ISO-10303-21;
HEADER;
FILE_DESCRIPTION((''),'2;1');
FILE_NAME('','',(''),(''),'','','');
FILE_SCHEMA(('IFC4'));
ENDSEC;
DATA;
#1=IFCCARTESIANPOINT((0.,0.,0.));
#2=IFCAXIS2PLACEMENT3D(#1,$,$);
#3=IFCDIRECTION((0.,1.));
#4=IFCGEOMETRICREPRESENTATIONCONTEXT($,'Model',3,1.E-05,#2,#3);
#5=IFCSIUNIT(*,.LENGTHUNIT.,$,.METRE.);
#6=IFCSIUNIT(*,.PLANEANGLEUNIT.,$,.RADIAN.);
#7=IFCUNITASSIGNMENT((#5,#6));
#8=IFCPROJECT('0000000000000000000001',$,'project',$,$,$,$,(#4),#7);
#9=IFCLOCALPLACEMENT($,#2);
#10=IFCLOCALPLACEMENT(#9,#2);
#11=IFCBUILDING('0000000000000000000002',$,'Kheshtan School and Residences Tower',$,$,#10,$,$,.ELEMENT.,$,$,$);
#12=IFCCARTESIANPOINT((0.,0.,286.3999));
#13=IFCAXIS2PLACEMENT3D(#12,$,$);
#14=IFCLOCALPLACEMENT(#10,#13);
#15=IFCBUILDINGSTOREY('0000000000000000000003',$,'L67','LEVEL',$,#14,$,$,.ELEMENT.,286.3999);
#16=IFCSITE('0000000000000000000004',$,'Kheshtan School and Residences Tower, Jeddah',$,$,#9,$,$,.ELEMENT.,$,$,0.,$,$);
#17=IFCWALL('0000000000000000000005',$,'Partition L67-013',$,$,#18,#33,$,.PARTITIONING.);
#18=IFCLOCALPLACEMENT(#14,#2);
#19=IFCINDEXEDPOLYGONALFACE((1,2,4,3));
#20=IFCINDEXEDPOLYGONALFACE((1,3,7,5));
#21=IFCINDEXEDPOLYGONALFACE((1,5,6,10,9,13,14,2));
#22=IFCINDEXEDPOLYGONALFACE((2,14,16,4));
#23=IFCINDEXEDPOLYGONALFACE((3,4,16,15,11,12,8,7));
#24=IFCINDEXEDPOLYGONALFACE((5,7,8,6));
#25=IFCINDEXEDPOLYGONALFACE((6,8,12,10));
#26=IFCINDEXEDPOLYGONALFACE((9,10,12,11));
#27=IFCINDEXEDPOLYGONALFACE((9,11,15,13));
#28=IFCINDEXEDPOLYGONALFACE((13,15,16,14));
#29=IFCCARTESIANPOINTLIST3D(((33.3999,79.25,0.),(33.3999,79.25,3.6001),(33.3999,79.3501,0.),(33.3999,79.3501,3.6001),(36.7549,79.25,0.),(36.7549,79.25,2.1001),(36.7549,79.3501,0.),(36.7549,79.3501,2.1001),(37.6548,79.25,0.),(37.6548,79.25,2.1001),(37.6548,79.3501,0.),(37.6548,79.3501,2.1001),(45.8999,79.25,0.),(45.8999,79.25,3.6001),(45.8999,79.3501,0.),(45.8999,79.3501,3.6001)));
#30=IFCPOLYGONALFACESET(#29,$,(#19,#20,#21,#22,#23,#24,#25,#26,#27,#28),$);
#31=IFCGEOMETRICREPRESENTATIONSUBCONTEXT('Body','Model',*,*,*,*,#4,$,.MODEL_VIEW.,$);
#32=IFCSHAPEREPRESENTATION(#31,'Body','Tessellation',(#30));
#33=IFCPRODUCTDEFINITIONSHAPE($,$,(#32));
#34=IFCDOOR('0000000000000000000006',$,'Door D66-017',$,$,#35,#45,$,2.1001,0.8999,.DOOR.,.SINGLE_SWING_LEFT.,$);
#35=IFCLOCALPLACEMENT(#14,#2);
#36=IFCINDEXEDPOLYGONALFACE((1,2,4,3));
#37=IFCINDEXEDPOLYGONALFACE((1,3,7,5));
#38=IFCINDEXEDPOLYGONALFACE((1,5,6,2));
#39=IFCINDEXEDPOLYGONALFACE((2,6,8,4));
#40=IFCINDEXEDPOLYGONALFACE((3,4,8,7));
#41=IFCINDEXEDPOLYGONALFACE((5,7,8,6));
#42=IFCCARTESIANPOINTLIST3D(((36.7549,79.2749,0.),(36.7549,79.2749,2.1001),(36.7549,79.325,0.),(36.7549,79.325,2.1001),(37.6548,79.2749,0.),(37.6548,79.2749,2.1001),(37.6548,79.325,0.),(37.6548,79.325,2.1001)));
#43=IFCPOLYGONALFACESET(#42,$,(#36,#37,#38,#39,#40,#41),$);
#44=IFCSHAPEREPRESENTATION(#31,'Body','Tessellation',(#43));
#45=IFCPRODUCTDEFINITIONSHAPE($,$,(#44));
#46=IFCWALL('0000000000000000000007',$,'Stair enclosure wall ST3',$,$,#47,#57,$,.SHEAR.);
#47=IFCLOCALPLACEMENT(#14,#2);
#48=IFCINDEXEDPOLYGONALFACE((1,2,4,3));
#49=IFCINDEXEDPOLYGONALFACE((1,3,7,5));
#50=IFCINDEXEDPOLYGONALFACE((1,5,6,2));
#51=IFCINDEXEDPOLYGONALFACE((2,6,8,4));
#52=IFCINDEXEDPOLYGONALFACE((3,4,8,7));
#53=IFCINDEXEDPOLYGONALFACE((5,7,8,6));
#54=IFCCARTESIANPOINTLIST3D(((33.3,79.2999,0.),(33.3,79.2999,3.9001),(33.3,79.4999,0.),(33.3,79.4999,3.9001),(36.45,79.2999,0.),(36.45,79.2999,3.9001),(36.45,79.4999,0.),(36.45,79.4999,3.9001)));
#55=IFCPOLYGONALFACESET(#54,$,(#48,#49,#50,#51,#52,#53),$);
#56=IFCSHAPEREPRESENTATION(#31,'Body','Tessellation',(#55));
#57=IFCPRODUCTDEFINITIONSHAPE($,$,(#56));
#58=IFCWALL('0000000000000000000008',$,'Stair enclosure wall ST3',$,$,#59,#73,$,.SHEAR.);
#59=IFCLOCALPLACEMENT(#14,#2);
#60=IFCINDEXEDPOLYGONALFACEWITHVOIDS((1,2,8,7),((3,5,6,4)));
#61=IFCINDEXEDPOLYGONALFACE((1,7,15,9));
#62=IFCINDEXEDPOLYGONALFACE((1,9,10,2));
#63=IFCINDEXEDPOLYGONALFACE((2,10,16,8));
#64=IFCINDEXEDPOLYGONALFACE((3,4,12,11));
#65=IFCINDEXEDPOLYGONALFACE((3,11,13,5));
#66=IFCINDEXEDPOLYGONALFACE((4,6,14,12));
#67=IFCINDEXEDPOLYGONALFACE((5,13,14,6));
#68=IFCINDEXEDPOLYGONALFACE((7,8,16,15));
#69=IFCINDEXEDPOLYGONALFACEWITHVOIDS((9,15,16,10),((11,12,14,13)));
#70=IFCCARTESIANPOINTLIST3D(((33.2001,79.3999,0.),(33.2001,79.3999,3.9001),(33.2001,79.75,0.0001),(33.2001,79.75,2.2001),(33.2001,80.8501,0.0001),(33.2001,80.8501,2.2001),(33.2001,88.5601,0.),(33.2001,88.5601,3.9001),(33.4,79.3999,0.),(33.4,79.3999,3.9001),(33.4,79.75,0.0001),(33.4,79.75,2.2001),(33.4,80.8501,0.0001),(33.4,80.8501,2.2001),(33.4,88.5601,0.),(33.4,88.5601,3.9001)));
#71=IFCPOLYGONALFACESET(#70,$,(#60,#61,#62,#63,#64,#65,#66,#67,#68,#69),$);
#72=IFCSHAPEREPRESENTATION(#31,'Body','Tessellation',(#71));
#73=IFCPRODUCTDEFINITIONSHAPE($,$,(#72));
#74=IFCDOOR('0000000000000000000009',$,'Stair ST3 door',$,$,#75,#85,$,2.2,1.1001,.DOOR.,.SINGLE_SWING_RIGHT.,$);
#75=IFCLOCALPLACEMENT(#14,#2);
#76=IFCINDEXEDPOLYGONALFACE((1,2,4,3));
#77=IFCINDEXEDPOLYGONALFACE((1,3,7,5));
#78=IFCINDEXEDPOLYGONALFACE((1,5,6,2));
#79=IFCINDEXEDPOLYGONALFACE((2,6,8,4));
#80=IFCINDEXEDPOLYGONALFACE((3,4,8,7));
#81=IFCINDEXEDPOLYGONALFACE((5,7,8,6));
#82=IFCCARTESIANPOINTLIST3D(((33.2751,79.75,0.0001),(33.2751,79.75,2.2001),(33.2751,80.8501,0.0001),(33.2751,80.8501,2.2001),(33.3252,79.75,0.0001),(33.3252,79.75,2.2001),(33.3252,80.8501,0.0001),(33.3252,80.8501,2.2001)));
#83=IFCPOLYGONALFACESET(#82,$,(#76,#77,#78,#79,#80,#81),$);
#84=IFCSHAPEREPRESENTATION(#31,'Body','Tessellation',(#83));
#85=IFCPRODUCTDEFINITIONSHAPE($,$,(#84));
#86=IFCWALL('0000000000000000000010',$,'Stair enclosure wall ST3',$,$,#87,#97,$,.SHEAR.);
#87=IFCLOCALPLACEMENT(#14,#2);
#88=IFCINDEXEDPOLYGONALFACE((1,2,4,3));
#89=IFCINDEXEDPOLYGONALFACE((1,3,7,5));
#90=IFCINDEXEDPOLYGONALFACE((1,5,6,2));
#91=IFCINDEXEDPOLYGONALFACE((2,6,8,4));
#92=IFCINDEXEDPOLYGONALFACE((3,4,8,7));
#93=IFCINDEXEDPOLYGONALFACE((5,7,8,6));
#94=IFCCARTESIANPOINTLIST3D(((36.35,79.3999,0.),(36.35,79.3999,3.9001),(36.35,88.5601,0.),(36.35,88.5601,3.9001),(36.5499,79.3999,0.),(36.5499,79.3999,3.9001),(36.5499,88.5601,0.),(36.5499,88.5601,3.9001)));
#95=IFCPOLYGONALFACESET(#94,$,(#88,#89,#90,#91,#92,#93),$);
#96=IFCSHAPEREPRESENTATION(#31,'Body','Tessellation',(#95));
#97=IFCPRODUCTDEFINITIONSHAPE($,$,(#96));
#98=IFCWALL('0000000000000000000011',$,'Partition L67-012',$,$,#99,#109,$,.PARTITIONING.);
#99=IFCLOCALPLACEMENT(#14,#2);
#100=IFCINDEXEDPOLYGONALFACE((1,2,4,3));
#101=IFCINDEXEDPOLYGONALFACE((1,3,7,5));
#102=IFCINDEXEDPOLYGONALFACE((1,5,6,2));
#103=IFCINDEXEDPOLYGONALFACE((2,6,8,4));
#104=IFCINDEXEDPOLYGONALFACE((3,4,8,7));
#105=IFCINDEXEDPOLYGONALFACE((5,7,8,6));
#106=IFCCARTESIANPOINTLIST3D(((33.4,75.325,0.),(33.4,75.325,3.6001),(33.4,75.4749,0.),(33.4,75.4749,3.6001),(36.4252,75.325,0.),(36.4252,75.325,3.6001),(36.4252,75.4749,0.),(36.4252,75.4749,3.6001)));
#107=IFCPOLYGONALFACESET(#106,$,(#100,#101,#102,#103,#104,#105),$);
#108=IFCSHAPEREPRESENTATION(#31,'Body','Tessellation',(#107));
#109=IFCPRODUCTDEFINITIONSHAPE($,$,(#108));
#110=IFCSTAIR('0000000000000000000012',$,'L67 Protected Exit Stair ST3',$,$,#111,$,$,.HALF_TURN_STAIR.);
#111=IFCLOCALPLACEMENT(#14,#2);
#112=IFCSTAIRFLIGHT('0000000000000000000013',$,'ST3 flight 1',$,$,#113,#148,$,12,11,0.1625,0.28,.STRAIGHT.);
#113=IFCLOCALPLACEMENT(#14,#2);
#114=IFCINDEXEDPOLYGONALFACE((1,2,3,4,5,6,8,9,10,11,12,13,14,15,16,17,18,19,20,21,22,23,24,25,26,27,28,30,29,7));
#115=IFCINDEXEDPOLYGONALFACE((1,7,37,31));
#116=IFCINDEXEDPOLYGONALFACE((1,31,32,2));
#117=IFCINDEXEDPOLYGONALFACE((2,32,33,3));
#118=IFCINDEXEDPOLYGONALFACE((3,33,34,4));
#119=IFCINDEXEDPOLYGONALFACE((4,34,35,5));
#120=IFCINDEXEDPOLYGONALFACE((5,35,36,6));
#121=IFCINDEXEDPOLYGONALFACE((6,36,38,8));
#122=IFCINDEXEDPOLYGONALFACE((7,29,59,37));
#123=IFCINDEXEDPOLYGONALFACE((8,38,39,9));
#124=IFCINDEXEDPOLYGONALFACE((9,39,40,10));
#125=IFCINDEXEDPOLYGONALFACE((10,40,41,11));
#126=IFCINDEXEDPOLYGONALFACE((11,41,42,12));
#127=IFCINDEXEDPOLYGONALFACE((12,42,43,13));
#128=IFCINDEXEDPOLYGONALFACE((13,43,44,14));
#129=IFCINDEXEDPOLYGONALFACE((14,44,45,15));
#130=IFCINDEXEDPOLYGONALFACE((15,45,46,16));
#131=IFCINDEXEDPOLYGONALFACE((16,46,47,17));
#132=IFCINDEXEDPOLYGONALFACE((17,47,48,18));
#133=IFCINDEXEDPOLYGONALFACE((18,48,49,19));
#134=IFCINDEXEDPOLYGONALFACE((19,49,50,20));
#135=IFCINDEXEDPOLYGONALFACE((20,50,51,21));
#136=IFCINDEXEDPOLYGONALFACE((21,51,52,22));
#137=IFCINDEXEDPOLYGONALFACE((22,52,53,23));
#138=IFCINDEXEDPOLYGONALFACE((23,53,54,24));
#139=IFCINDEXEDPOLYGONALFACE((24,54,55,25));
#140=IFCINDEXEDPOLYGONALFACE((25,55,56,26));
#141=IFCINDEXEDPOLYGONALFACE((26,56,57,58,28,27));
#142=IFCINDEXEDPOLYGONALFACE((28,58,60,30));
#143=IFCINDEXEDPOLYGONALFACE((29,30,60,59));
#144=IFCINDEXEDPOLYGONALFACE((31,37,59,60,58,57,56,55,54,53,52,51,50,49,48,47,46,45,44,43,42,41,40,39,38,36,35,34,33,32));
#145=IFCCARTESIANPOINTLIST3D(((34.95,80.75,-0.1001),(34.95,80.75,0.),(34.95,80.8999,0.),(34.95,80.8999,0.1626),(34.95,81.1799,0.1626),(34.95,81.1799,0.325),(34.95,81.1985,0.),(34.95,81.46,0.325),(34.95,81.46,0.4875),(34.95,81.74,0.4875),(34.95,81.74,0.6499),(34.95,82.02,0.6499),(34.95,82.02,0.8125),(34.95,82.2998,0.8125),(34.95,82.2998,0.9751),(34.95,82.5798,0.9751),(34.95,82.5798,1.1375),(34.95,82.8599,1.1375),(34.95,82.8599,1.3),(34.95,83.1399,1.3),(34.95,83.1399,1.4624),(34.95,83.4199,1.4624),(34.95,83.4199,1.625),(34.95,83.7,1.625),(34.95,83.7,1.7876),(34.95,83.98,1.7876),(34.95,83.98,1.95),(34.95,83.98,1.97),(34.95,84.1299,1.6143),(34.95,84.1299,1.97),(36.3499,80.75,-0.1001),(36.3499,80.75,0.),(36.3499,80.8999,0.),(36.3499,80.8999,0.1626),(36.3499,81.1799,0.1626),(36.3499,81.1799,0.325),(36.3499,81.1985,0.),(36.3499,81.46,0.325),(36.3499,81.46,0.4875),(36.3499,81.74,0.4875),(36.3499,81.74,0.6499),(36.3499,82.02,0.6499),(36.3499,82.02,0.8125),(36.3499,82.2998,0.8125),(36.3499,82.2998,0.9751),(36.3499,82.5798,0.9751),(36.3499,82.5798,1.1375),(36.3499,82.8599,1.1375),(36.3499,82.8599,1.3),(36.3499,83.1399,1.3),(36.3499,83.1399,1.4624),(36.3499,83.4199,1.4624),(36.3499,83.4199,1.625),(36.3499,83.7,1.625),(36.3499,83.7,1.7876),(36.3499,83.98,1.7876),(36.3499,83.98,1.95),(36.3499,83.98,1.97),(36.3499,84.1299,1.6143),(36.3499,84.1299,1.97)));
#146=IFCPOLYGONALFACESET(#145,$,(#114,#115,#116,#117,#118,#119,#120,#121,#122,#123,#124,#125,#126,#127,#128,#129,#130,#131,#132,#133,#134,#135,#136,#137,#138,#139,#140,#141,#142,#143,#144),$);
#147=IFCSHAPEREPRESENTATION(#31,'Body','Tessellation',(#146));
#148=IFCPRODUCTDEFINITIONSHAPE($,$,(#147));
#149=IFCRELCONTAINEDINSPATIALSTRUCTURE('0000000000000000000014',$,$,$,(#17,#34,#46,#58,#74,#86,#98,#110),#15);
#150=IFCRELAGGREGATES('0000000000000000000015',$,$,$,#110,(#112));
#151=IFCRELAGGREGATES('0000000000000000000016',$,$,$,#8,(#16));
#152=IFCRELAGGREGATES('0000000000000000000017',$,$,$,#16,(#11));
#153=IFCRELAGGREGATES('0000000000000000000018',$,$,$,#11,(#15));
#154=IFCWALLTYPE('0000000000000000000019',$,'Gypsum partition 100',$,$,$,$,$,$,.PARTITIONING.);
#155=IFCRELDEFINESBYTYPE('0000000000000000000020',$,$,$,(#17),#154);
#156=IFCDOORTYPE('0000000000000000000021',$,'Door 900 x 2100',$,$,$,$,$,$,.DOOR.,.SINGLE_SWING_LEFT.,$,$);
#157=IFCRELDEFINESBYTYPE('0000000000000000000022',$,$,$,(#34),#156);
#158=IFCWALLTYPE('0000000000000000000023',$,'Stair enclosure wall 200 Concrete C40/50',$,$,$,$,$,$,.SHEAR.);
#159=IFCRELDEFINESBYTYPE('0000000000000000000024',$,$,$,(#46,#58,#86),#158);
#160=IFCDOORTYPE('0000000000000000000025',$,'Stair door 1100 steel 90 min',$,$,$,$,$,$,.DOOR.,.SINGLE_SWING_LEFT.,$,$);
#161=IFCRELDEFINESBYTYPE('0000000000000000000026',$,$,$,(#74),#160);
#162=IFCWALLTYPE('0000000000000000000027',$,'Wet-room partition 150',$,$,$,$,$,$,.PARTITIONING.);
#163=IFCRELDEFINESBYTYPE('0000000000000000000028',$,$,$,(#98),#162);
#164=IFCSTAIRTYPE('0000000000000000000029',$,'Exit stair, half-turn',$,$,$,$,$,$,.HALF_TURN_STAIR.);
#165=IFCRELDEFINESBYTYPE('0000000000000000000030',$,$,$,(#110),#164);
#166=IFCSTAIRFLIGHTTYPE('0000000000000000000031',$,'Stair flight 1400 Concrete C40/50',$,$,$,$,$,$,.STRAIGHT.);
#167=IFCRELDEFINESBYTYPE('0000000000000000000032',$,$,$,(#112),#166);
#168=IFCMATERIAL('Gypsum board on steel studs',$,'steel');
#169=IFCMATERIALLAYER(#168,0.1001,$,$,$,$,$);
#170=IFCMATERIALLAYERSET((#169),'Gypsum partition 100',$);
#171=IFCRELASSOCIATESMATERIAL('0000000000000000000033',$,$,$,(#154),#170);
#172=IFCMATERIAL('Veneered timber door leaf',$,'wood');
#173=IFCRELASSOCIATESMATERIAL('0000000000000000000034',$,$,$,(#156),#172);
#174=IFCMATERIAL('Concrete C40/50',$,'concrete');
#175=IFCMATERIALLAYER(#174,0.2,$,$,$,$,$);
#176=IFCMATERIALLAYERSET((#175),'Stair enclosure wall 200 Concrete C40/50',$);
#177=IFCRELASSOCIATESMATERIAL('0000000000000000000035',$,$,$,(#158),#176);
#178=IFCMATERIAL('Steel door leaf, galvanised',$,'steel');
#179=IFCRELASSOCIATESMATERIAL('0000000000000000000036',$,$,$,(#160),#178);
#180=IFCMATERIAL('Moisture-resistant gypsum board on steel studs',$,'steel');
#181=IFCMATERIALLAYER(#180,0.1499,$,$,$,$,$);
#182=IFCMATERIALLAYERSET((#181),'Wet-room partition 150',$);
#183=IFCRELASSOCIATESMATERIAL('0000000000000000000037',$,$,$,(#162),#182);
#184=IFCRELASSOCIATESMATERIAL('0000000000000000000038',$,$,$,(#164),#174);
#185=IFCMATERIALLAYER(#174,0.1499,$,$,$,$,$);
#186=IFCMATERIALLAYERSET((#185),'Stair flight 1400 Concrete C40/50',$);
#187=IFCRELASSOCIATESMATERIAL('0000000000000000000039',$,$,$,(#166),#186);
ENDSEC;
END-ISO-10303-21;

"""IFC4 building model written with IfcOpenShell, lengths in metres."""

from ifc_helpers import new_model, si_unit, direction, frame, frame_2d, origin, place, context, subcontext, project, spatial, polyline, rectangle, outline, extrude, source, transform, mapped, material, layer, layer_set, type_object, element, fill, aggregate, save


model = new_model("IFC4")

# Units and contexts
model_context = context("Model", 3, precision=1e-05, world=origin(), true_north=direction((0.0, 1.0)))
body_context = subcontext(model_context, "Body", "Model", "MODEL_VIEW")
ifc_project = project(units=[si_unit("LENGTHUNIT", "METRE"), si_unit("PLANEANGLEUNIT", "RADIAN")], contexts=[model_context])

# Site, building, storey
site_placement = place(None, origin())
site = spatial("IfcSite", under=ifc_project, at=site_placement, Name="Kheshtan School and Residences Tower, Jeddah", CompositionType="ELEMENT", RefElevation=0.0)
building_placement = place(site_placement, origin())
building = spatial("IfcBuilding", under=site, at=building_placement, Name="Kheshtan School and Residences Tower", CompositionType="ELEMENT")
storey_placement = place(building_placement, frame((0.0, 0.0, 286.3999)))
storey = spatial("IfcBuildingStorey", under=building, at=storey_placement, Name="L67", Description="LEVEL", CompositionType="ELEMENT", Elevation=286.3999)

# Wall, opening, door
ifc_material_1 = material(Name="Gypsum board on steel studs", Category="steel")
ifc_layer_1 = layer(ifc_material_1, 0.1001)
ifc_layer_set_1 = layer_set([ifc_layer_1], Name="Gypsum partition 100")
wall_type_1 = type_object("IfcWallType", Name="Gypsum partition 100", PredefinedType="PARTITIONING", material=ifc_layer_set_1)
wall_1_placement = place(storey_placement, frame((33.3999, 79.3, 0.0), z_axis=(0.0, 0.0, 1.0), x_axis=(1.0, 0.0, 0.0)))
wall_1 = element("IfcWall", 1, at=wall_1_placement, inside=storey, type_object=wall_type_1, Name="Partition L67-013", PredefinedType="PARTITIONING", context=body_context, shape_type="SweptSolid", body=[
    extrude(rectangle(XDim=12.5, YDim=0.1001, at=frame_2d((6.25, 0.0))), origin(), (0.0, 0.0, 1.0), 3.6001),
])
opening_1_placement = place(wall_1_placement, frame((3.355, 0.0, 0.0)))
opening_1 = element("IfcOpeningElement", 2, at=opening_1_placement, cuts=wall_1, PredefinedType="OPENING", context=body_context, shape_type="SweptSolid", body=[
    extrude(rectangle(XDim=0.8999, YDim=2.1001, at=frame_2d((0.45, 1.05))), frame((0.0, 0.0601, 0.0), z_axis=(0.0, -1.0, 0.0), x_axis=(1.0, 0.0, 0.0)), (0.0, 0.0, 1.0), 0.1201),
])
ifc_material_2 = material(Name="Veneered timber door leaf", Category="wood")
door_type_1 = type_object("IfcDoorType", Name="Door 900 x 2100", OperationType="SINGLE_SWING_LEFT", PredefinedType="DOOR", material=ifc_material_2)
shared_shape_1 = source(origin(), body_context, "Body", "SweptSolid", [
    extrude(rectangle(XDim=0.8999, YDim=2.1001, at=frame_2d((0.45, 1.05))), frame((0.0, 0.0249, 0.0), z_axis=(0.0, -1.0, 0.0), x_axis=(1.0, 0.0, 0.0)), (0.0, 0.0, 1.0), 0.05),
])
door_1_placement = place(opening_1_placement, origin())
door_1 = element("IfcDoor", 3, at=door_1_placement, inside=storey, type_object=door_type_1, Name="Door D66-017", OperationType="SINGLE_SWING_LEFT", OverallHeight=2.1001, OverallWidth=0.8999, PredefinedType="DOOR", context=body_context, shape_type="MappedRepresentation", body=[
    mapped(shared_shape_1, transform((0.0, 0.0, 0.0), x_axis=(1.0, 0.0, 0.0), y_axis=(0.0, 1.0, 0.0), z_axis=(0.0, 0.0, 1.0), scale=1.0)),
])
fill(opening_1, door_1)

# Wall
ifc_material_3 = material(Name="Concrete C40/50", Category="concrete")
ifc_layer_2 = layer(ifc_material_3, 0.2)
ifc_layer_set_2 = layer_set([ifc_layer_2], Name="Stair enclosure wall 200 Concrete C40/50")
wall_type_2 = type_object("IfcWallType", Name="Stair enclosure wall 200 Concrete C40/50", PredefinedType="SHEAR", material=ifc_layer_set_2)
wall_2_placement = place(storey_placement, frame((33.3, 79.3999, 0.0), z_axis=(0.0, 0.0, 1.0), x_axis=(1.0, 0.0, 0.0)))
element("IfcWall", 4, at=wall_2_placement, inside=storey, type_object=wall_type_2, Name="Stair enclosure wall ST3", PredefinedType="SHEAR", context=body_context, shape_type="SweptSolid", body=[
    extrude(rectangle(XDim=3.1499, YDim=0.2, at=frame_2d((1.575, 0.0))), origin(), (0.0, 0.0, 1.0), 3.9001),
])

# Wall, opening, door
wall_3_placement = place(storey_placement, frame((33.3, 79.3999, 0.0), z_axis=(0.0, 0.0, 1.0), x_axis=(0.0, 1.0, 0.0)))
wall_3 = element("IfcWall", 5, at=wall_3_placement, inside=storey, type_object=wall_type_2, Name="Stair enclosure wall ST3", PredefinedType="SHEAR", context=body_context, shape_type="SweptSolid", body=[
    extrude(rectangle(XDim=9.1602, YDim=0.2, at=frame_2d((4.5801, 0.0))), origin(), (0.0, 0.0, 1.0), 3.9001),
])
opening_2_placement = place(wall_3_placement, frame((0.3501, 0.0, 0.0)))
opening_2 = element("IfcOpeningElement", 6, at=opening_2_placement, cuts=wall_3, PredefinedType="OPENING", context=body_context, shape_type="SweptSolid", body=[
    extrude(rectangle(XDim=1.1001, YDim=2.2, at=frame_2d((0.55, 1.1001))), frame((0.0, 0.1099, 0.0), z_axis=(0.0, -1.0, 0.0), x_axis=(1.0, 0.0, 0.0)), (0.0, 0.0, 1.0), 0.22),
])
ifc_material_4 = material(Name="Steel door leaf, galvanised", Category="steel")
door_type_2 = type_object("IfcDoorType", Name="Stair door 1100 steel 90 min", OperationType="SINGLE_SWING_LEFT", PredefinedType="DOOR", material=ifc_material_4)
shared_shape_2 = source(origin(), body_context, "Body", "SweptSolid", [
    extrude(rectangle(XDim=1.1001, YDim=2.2, at=frame_2d((0.55, 1.1001))), frame((0.0, 0.0249, 0.0), z_axis=(0.0, -1.0, 0.0), x_axis=(1.0, 0.0, 0.0)), (0.0, 0.0, 1.0), 0.05),
])
door_2_placement = place(opening_2_placement, origin())
door_2 = element("IfcDoor", 7, at=door_2_placement, inside=storey, type_object=door_type_2, Name="Stair ST3 door", OperationType="SINGLE_SWING_RIGHT", OverallHeight=2.2, OverallWidth=1.1001, PredefinedType="DOOR", context=body_context, shape_type="MappedRepresentation", body=[
    mapped(shared_shape_2, transform((0.0, 0.0, 0.0), x_axis=(1.0, 0.0, 0.0), y_axis=(0.0, 1.0, 0.0), z_axis=(0.0, 0.0, 1.0), scale=1.0)),
])
fill(opening_2, door_2)

# Walls
wall_4_placement = place(storey_placement, frame((36.45, 79.3999, 0.0), z_axis=(0.0, 0.0, 1.0), x_axis=(0.0, 1.0, 0.0)))
element("IfcWall", 8, at=wall_4_placement, inside=storey, type_object=wall_type_2, Name="Stair enclosure wall ST3", PredefinedType="SHEAR", context=body_context, shape_type="SweptSolid", body=[
    extrude(rectangle(XDim=9.1602, YDim=0.2, at=frame_2d((4.5801, 0.0))), origin(), (0.0, 0.0, 1.0), 3.9001),
])
ifc_material_5 = material(Name="Moisture-resistant gypsum board on steel studs", Category="steel")
ifc_layer_3 = layer(ifc_material_5, 0.1499)
ifc_layer_set_3 = layer_set([ifc_layer_3], Name="Wet-room partition 150")
wall_type_3 = type_object("IfcWallType", Name="Wet-room partition 150", PredefinedType="PARTITIONING", material=ifc_layer_set_3)
wall_5_placement = place(storey_placement, frame((33.3999, 75.3999, 0.0), z_axis=(0.0, 0.0, 1.0), x_axis=(1.0, 0.0, 0.0)))
element("IfcWall", 9, at=wall_5_placement, inside=storey, type_object=wall_type_3, Name="Partition L67-012", PredefinedType="PARTITIONING", context=body_context, shape_type="SweptSolid", body=[
    extrude(rectangle(XDim=3.0251, YDim=0.1499, at=frame_2d((1.5127, 0.0))), origin(), (0.0, 0.0, 1.0), 3.6001),
])

# Stair, stair flight
stair_type = type_object("IfcStairType", Name="Exit stair, half-turn", PredefinedType="HALF_TURN_STAIR", material=ifc_material_3)
stair_placement = place(storey_placement, origin())
stair = element("IfcStair", 10, at=stair_placement, inside=storey, type_object=stair_type, Name="L67 Protected Exit Stair ST3", PredefinedType="HALF_TURN_STAIR")
ifc_layer_4 = layer(ifc_material_3, 0.1499)
ifc_layer_set_4 = layer_set([ifc_layer_4], Name="Stair flight 1400 Concrete C40/50")
stair_flight_type = type_object("IfcStairFlightType", Name="Stair flight 1400 Concrete C40/50", PredefinedType="STRAIGHT", material=ifc_layer_set_4)
stair_flight_1_placement = place(storey_placement, frame((35.6499, 80.8999, 0.0), z_axis=(0.0, 0.0, 1.0), x_axis=(0.0, 1.0, 0.0)))
stair_flight_1 = element("IfcStairFlight", 11, at=stair_flight_1_placement, type_object=stair_flight_type, Name="ST3 flight 1", NumberOfRisers=12, NumberOfTreads=11, PredefinedType="STRAIGHT", RiserHeight=0.1625, TreadLength=0.28, context=body_context, shape_type="SweptSolid", body=[
    extrude(outline(polyline([(-0.1499, -0.1001), (-0.1499, 0.0), (0.0, 0.0), (0.0, 0.1626), (0.28, 0.1626), (0.28, 0.325), (0.5601, 0.325), (0.5601, 0.4875), (0.8401, 0.4875), (0.8401, 0.6499), (1.1201, 0.6499), (1.1201, 0.8125), (1.3999, 0.8125), (1.3999, 0.9751), (1.6799, 0.9751), (1.6799, 1.1375), (1.96, 1.1375), (1.96, 1.3), (2.24, 1.3), (2.24, 1.4624), (2.52, 1.4624), (2.52, 1.625), (2.8, 1.625), (2.8, 1.7876), (3.0801, 1.7876), (3.0801, 1.95), (3.0801, 1.97), (3.23, 1.97), (3.23, 1.6143), (0.2986, 0.0), (-0.1499, -0.1001)])), frame((0.0, 0.7, 0.0), z_axis=(0.0, -1.0, 0.0), x_axis=(1.0, 0.0, 0.0)), (0.0, 0.0, 1.0), 1.3999),
])
aggregate(stair, [stair_flight_1])

save(model, "model.ifc")
